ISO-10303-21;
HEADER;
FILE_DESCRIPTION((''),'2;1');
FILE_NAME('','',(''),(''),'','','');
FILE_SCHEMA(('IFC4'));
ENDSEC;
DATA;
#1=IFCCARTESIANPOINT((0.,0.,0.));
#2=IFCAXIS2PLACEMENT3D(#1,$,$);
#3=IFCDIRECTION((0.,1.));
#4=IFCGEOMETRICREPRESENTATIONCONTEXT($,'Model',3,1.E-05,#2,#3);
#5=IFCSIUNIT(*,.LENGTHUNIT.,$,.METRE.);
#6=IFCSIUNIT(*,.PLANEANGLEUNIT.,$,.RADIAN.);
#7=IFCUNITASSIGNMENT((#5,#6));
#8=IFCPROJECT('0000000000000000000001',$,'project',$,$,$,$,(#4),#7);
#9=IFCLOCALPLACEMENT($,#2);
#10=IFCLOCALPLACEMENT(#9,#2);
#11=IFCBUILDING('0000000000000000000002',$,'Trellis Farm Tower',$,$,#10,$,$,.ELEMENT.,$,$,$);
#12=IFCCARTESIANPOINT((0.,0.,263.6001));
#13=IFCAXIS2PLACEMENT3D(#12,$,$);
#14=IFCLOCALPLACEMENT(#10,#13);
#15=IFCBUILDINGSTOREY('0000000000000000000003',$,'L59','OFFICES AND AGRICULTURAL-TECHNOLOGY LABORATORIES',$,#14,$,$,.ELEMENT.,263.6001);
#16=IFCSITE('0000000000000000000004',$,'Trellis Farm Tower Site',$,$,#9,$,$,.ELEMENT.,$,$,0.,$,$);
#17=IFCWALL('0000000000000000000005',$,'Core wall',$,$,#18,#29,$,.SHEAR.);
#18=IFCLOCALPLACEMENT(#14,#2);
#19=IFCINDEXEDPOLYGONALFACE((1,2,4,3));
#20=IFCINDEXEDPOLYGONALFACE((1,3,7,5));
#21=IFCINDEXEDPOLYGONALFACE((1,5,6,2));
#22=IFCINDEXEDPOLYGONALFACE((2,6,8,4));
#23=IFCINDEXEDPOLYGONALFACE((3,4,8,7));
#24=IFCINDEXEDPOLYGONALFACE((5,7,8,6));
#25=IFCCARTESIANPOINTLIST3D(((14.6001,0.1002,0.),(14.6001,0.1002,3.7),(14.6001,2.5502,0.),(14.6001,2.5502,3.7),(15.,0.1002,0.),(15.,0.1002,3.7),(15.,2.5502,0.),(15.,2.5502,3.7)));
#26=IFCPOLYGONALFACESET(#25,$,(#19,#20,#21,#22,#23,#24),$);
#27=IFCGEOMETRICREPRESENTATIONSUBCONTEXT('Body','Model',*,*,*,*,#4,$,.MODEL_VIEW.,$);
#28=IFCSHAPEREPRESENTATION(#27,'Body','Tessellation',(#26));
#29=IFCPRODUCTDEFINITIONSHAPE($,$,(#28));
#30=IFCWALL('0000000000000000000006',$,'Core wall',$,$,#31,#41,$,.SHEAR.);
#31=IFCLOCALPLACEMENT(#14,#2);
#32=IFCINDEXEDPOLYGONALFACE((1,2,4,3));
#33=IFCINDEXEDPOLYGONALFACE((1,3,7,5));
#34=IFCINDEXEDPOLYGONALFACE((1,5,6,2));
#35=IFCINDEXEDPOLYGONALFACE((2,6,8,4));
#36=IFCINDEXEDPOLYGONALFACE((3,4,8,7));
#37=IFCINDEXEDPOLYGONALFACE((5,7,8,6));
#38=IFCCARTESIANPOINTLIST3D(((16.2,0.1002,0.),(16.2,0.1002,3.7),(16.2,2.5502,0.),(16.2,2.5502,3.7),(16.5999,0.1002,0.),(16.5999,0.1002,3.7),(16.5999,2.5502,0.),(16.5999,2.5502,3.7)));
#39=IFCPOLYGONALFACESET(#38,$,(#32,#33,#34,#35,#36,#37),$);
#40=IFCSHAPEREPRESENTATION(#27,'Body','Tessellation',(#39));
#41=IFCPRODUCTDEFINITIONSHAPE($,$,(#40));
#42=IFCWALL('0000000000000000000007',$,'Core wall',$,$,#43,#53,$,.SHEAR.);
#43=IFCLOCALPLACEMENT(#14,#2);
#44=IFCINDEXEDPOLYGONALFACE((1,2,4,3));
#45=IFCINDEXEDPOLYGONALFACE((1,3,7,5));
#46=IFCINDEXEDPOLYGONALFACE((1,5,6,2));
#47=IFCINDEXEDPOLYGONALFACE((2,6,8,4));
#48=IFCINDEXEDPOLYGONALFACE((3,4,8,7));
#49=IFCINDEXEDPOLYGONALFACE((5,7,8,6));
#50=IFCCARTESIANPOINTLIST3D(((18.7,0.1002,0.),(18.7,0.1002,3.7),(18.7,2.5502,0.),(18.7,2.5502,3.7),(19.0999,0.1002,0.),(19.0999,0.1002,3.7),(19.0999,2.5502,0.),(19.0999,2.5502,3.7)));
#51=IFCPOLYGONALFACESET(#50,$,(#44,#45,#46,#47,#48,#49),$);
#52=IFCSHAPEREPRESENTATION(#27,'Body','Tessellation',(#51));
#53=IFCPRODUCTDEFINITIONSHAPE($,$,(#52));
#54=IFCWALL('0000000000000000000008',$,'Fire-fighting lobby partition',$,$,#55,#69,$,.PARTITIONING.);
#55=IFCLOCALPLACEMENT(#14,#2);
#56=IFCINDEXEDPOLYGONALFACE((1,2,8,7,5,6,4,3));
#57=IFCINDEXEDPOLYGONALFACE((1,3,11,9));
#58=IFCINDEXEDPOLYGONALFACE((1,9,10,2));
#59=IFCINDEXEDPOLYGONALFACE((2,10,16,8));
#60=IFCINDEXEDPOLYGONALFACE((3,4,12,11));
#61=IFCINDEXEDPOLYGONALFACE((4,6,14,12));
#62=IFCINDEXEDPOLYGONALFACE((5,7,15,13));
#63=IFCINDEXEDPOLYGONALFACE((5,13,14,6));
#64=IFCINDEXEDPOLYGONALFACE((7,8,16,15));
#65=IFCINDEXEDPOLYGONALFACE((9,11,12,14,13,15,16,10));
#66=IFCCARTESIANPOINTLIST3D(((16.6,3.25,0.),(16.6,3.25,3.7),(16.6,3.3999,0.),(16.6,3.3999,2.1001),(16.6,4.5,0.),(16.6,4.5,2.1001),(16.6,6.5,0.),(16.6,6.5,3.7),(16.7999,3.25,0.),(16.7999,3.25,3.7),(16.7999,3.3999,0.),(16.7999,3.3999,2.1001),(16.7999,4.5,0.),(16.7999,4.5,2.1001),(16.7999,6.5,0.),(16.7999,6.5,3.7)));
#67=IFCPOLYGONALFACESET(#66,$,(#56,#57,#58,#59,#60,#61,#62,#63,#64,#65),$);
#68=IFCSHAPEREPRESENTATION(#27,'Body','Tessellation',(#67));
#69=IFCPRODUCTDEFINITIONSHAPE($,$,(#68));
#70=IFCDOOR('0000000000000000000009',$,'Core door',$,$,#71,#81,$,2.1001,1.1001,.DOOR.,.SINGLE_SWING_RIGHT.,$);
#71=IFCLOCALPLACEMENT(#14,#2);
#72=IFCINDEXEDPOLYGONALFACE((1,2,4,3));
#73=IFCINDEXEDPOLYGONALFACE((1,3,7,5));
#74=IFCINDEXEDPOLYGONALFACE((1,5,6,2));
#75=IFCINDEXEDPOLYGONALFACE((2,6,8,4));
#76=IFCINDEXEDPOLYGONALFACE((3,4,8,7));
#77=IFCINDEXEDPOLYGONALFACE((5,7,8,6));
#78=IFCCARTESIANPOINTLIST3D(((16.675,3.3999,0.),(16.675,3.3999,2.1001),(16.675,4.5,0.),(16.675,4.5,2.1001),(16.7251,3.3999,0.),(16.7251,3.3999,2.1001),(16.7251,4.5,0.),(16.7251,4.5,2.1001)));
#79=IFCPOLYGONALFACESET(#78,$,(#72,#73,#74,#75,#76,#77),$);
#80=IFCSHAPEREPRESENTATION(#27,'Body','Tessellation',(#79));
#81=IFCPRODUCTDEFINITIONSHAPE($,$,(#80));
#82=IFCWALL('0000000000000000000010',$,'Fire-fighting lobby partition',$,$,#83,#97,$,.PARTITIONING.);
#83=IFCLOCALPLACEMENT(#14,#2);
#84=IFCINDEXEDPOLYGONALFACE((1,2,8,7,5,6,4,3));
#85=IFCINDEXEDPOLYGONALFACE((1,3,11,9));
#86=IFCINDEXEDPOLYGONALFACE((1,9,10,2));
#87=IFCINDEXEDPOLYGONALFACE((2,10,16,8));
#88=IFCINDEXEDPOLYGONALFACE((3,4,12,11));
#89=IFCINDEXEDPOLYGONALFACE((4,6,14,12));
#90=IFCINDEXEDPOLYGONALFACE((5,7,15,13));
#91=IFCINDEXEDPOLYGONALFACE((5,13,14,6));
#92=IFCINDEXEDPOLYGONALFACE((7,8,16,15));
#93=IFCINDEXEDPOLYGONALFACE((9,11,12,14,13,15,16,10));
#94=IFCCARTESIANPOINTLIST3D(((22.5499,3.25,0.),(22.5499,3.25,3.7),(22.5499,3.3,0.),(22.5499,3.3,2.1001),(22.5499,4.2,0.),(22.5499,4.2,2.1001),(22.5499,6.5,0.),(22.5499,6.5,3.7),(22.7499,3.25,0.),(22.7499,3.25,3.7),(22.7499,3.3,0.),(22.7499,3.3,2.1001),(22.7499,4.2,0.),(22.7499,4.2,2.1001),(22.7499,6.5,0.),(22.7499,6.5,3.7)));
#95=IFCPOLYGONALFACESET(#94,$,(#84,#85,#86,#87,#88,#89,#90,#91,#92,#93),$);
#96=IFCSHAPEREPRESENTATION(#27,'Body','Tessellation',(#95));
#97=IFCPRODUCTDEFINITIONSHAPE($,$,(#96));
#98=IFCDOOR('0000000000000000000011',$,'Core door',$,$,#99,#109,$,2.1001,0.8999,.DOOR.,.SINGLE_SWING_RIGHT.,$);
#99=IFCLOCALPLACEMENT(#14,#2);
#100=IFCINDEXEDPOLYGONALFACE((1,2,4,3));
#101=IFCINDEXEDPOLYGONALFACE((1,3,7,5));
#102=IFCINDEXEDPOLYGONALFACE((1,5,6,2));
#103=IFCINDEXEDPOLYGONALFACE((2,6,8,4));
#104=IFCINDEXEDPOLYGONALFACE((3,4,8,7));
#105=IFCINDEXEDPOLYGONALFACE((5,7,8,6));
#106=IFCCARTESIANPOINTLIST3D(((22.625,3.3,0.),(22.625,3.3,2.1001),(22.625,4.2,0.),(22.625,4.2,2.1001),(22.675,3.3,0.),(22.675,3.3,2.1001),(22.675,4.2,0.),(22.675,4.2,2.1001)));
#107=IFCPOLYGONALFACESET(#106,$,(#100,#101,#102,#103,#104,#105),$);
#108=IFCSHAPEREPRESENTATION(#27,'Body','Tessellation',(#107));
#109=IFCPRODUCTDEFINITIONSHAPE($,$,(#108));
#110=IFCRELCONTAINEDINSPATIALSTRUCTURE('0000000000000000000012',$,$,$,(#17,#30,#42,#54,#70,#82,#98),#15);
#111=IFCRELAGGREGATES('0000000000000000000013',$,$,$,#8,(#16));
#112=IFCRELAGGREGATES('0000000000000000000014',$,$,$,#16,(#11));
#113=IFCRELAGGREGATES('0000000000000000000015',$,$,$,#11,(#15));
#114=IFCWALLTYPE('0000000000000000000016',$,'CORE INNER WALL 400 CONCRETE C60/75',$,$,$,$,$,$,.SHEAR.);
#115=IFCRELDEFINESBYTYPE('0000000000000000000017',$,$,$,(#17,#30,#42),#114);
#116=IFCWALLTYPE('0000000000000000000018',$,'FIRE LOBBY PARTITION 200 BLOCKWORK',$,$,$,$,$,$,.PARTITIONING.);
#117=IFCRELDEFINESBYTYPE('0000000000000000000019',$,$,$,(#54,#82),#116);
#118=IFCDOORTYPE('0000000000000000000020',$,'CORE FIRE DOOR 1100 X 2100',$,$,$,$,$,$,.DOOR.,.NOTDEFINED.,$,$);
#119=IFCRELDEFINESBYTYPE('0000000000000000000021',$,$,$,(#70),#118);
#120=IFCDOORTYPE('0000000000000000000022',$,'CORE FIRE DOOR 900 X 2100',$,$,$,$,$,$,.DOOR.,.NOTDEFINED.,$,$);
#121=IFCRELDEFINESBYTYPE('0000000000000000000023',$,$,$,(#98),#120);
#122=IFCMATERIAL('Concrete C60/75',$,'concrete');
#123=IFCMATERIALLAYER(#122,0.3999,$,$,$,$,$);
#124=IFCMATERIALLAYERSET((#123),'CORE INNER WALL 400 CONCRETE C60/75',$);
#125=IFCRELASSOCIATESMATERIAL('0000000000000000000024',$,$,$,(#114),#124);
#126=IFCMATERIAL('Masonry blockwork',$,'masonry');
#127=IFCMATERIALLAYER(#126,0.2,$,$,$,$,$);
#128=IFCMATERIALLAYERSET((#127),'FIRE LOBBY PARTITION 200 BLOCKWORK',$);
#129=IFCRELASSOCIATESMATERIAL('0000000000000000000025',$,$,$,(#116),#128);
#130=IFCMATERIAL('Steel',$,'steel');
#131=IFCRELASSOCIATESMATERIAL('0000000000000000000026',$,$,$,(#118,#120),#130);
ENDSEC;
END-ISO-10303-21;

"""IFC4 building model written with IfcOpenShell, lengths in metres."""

from ifc_helpers import new_model, si_unit, direction, frame, frame_2d, origin, place, context, subcontext, project, spatial, rectangle, extrude, source, transform, mapped, material, layer, layer_set, type_object, element, fill, save


model = new_model("IFC4")

# Units and contexts
model_context = context("Model", 3, precision=1e-05, world=origin(), true_north=direction((0.0, 1.0)))
body_context = subcontext(model_context, "Body", "Model", "MODEL_VIEW")
ifc_project = project(units=[si_unit("LENGTHUNIT", "METRE"), si_unit("PLANEANGLEUNIT", "RADIAN")], contexts=[model_context])

# Site, building, storey
site_placement = place(None, origin())
site = spatial("IfcSite", under=ifc_project, at=site_placement, Name="Trellis Farm Tower Site", CompositionType="ELEMENT", RefElevation=0.0)
building_placement = place(site_placement, origin())
building = spatial("IfcBuilding", under=site, at=building_placement, Name="Trellis Farm Tower", CompositionType="ELEMENT")
storey_placement = place(building_placement, frame((0.0, 0.0, 263.6001)))
storey = spatial("IfcBuildingStorey", under=building, at=storey_placement, Name="L59", Description="OFFICES AND AGRICULTURAL-TECHNOLOGY LABORATORIES", CompositionType="ELEMENT", Elevation=263.6001)

# Shared definitions
ifc_material_1 = material(Name="Concrete C60/75", Category="concrete")

# Walls
ifc_layer_1 = layer(ifc_material_1, 0.3999)
ifc_layer_set_1 = layer_set([ifc_layer_1], Name="CORE INNER WALL 400 CONCRETE C60/75")
wall_type_1 = type_object("IfcWallType", Name="CORE INNER WALL 400 CONCRETE C60/75", PredefinedType="SHEAR", material=ifc_layer_set_1)
shared_shape_1 = source(origin(), body_context, "Body", "SweptSolid", [
    extrude(rectangle(XDim=2.45, YDim=0.3999, at=frame_2d((1.2251, 0.0))), origin(), (0.0, 0.0, 1.0), 3.7),
])
for number, where, z_axis, x_axis, name in (
    (1, (14.8, 0.1001, 0.0), (0.0, 0.0, 1.0), (0.0, 1.0, 0.0), "Core wall"),
    (2, (16.3999, 0.1001, 0.0), (0.0, 0.0, 1.0), (0.0, 1.0, 0.0), "Core wall"),
    (3, (18.8999, 0.1001, 0.0), (0.0, 0.0, 1.0), (0.0, 1.0, 0.0), "Core wall"),
):
    element("IfcWall", number, at=place(storey_placement, frame(where, z_axis=z_axis, x_axis=x_axis)), inside=storey, type_object=wall_type_1, Name=name, PredefinedType="SHEAR", context=body_context, shape_type="MappedRepresentation", body=[
        mapped(shared_shape_1, transform((0.0, 0.0, 0.0))),
    ])

# Walls, openings, doors
ifc_material_2 = material(Name="Masonry blockwork", Category="masonry")
ifc_layer_2 = layer(ifc_material_2, 0.2)
ifc_layer_set_2 = layer_set([ifc_layer_2], Name="FIRE LOBBY PARTITION 200 BLOCKWORK")
wall_type_2 = type_object("IfcWallType", Name="FIRE LOBBY PARTITION 200 BLOCKWORK", PredefinedType="PARTITIONING", material=ifc_layer_set_2)
shared_shape_2 = source(origin(), body_context, "Body", "SweptSolid", [
    extrude(rectangle(XDim=3.25, YDim=0.2, at=frame_2d((1.625, 0.0))), origin(), (0.0, 0.0, 1.0), 3.7),
])
wall_1_placement = place(storey_placement, frame((16.7, 3.25, 0.0), z_axis=(0.0, 0.0, 1.0), x_axis=(0.0, 1.0, 0.0)))
wall_1 = element("IfcWall", 4, at=wall_1_placement, inside=storey, type_object=wall_type_2, Name="Fire-fighting lobby partition", PredefinedType="PARTITIONING", context=body_context, shape_type="MappedRepresentation", body=[
    mapped(shared_shape_2, transform((0.0, 0.0, 0.0))),
])
shared_shape_3 = source(origin(), body_context, "Body", "SweptSolid", [
    extrude(rectangle(XDim=1.1001, YDim=2.1001, at=frame_2d((0.55, 1.05))), frame((0.0, 0.1101, 0.0), z_axis=(0.0, -1.0, 0.0), x_axis=(1.0, 0.0, 0.0)), (0.0, 0.0, 1.0), 0.2202),
])
opening_1_placement = place(wall_1_placement, frame((0.1499, 0.0, 0.0)))
opening_1 = element("IfcOpeningElement", 5, at=opening_1_placement, cuts=wall_1, PredefinedType="OPENING", context=body_context, shape_type="MappedRepresentation", body=[
    mapped(shared_shape_3, transform((0.0, 0.0, 0.0))),
])
ifc_material_3 = material(Name="Steel", Category="steel")
door_type_1 = type_object("IfcDoorType", Name="CORE FIRE DOOR 1100 X 2100", OperationType="NOTDEFINED", PredefinedType="DOOR", material=ifc_material_3)
shared_shape_4 = source(origin(), body_context, "Body", "SweptSolid", [
    extrude(rectangle(XDim=1.1001, YDim=2.1001, at=frame_2d((0.55, 1.05))), frame((0.0, 0.0249, 0.0), z_axis=(0.0, -1.0, 0.0), x_axis=(1.0, 0.0, 0.0)), (0.0, 0.0, 1.0), 0.05),
])
door_1_placement = place(opening_1_placement, origin())
door_1 = element("IfcDoor", 6, at=door_1_placement, inside=storey, type_object=door_type_1, Name="Core door", OperationType="SINGLE_SWING_RIGHT", OverallHeight=2.1001, OverallWidth=1.1001, PredefinedType="DOOR", context=body_context, shape_type="MappedRepresentation", body=[
    mapped(shared_shape_4, transform((0.0, 0.0, 0.0))),
])
fill(opening_1, door_1)
wall_2_placement = place(storey_placement, frame((22.6499, 3.25, 0.0), z_axis=(0.0, 0.0, 1.0), x_axis=(0.0, 1.0, 0.0)))
wall_2 = element("IfcWall", 7, at=wall_2_placement, inside=storey, type_object=wall_type_2, Name="Fire-fighting lobby partition", PredefinedType="PARTITIONING", context=body_context, shape_type="MappedRepresentation", body=[
    mapped(shared_shape_2, transform((0.0, 0.0, 0.0))),
])
shared_shape_5 = source(origin(), body_context, "Body", "SweptSolid", [
    extrude(rectangle(XDim=0.8999, YDim=2.1001, at=frame_2d((0.45, 1.05))), frame((0.0, 0.1101, 0.0), z_axis=(0.0, -1.0, 0.0), x_axis=(1.0, 0.0, 0.0)), (0.0, 0.0, 1.0), 0.2202),
])
opening_2_placement = place(wall_2_placement, frame((0.05, 0.0, 0.0)))
opening_2 = element("IfcOpeningElement", 8, at=opening_2_placement, cuts=wall_2, PredefinedType="OPENING", context=body_context, shape_type="MappedRepresentation", body=[
    mapped(shared_shape_5, transform((0.0, 0.0, 0.0))),
])
door_type_2 = type_object("IfcDoorType", Name="CORE FIRE DOOR 900 X 2100", OperationType="NOTDEFINED", PredefinedType="DOOR", material=ifc_material_3)
shared_shape_6 = source(origin(), body_context, "Body", "SweptSolid", [
    extrude(rectangle(XDim=0.8999, YDim=2.1001, at=frame_2d((0.45, 1.05))), frame((0.0, 0.0249, 0.0), z_axis=(0.0, -1.0, 0.0), x_axis=(1.0, 0.0, 0.0)), (0.0, 0.0, 1.0), 0.05),
])
door_2_placement = place(opening_2_placement, origin())
door_2 = element("IfcDoor", 9, at=door_2_placement, inside=storey, type_object=door_type_2, Name="Core door", OperationType="SINGLE_SWING_RIGHT", OverallHeight=2.1001, OverallWidth=0.8999, PredefinedType="DOOR", context=body_context, shape_type="MappedRepresentation", body=[
    mapped(shared_shape_6, transform((0.0, 0.0, 0.0))),
])
fill(opening_2, door_2)

save(model, "model.ifc")
